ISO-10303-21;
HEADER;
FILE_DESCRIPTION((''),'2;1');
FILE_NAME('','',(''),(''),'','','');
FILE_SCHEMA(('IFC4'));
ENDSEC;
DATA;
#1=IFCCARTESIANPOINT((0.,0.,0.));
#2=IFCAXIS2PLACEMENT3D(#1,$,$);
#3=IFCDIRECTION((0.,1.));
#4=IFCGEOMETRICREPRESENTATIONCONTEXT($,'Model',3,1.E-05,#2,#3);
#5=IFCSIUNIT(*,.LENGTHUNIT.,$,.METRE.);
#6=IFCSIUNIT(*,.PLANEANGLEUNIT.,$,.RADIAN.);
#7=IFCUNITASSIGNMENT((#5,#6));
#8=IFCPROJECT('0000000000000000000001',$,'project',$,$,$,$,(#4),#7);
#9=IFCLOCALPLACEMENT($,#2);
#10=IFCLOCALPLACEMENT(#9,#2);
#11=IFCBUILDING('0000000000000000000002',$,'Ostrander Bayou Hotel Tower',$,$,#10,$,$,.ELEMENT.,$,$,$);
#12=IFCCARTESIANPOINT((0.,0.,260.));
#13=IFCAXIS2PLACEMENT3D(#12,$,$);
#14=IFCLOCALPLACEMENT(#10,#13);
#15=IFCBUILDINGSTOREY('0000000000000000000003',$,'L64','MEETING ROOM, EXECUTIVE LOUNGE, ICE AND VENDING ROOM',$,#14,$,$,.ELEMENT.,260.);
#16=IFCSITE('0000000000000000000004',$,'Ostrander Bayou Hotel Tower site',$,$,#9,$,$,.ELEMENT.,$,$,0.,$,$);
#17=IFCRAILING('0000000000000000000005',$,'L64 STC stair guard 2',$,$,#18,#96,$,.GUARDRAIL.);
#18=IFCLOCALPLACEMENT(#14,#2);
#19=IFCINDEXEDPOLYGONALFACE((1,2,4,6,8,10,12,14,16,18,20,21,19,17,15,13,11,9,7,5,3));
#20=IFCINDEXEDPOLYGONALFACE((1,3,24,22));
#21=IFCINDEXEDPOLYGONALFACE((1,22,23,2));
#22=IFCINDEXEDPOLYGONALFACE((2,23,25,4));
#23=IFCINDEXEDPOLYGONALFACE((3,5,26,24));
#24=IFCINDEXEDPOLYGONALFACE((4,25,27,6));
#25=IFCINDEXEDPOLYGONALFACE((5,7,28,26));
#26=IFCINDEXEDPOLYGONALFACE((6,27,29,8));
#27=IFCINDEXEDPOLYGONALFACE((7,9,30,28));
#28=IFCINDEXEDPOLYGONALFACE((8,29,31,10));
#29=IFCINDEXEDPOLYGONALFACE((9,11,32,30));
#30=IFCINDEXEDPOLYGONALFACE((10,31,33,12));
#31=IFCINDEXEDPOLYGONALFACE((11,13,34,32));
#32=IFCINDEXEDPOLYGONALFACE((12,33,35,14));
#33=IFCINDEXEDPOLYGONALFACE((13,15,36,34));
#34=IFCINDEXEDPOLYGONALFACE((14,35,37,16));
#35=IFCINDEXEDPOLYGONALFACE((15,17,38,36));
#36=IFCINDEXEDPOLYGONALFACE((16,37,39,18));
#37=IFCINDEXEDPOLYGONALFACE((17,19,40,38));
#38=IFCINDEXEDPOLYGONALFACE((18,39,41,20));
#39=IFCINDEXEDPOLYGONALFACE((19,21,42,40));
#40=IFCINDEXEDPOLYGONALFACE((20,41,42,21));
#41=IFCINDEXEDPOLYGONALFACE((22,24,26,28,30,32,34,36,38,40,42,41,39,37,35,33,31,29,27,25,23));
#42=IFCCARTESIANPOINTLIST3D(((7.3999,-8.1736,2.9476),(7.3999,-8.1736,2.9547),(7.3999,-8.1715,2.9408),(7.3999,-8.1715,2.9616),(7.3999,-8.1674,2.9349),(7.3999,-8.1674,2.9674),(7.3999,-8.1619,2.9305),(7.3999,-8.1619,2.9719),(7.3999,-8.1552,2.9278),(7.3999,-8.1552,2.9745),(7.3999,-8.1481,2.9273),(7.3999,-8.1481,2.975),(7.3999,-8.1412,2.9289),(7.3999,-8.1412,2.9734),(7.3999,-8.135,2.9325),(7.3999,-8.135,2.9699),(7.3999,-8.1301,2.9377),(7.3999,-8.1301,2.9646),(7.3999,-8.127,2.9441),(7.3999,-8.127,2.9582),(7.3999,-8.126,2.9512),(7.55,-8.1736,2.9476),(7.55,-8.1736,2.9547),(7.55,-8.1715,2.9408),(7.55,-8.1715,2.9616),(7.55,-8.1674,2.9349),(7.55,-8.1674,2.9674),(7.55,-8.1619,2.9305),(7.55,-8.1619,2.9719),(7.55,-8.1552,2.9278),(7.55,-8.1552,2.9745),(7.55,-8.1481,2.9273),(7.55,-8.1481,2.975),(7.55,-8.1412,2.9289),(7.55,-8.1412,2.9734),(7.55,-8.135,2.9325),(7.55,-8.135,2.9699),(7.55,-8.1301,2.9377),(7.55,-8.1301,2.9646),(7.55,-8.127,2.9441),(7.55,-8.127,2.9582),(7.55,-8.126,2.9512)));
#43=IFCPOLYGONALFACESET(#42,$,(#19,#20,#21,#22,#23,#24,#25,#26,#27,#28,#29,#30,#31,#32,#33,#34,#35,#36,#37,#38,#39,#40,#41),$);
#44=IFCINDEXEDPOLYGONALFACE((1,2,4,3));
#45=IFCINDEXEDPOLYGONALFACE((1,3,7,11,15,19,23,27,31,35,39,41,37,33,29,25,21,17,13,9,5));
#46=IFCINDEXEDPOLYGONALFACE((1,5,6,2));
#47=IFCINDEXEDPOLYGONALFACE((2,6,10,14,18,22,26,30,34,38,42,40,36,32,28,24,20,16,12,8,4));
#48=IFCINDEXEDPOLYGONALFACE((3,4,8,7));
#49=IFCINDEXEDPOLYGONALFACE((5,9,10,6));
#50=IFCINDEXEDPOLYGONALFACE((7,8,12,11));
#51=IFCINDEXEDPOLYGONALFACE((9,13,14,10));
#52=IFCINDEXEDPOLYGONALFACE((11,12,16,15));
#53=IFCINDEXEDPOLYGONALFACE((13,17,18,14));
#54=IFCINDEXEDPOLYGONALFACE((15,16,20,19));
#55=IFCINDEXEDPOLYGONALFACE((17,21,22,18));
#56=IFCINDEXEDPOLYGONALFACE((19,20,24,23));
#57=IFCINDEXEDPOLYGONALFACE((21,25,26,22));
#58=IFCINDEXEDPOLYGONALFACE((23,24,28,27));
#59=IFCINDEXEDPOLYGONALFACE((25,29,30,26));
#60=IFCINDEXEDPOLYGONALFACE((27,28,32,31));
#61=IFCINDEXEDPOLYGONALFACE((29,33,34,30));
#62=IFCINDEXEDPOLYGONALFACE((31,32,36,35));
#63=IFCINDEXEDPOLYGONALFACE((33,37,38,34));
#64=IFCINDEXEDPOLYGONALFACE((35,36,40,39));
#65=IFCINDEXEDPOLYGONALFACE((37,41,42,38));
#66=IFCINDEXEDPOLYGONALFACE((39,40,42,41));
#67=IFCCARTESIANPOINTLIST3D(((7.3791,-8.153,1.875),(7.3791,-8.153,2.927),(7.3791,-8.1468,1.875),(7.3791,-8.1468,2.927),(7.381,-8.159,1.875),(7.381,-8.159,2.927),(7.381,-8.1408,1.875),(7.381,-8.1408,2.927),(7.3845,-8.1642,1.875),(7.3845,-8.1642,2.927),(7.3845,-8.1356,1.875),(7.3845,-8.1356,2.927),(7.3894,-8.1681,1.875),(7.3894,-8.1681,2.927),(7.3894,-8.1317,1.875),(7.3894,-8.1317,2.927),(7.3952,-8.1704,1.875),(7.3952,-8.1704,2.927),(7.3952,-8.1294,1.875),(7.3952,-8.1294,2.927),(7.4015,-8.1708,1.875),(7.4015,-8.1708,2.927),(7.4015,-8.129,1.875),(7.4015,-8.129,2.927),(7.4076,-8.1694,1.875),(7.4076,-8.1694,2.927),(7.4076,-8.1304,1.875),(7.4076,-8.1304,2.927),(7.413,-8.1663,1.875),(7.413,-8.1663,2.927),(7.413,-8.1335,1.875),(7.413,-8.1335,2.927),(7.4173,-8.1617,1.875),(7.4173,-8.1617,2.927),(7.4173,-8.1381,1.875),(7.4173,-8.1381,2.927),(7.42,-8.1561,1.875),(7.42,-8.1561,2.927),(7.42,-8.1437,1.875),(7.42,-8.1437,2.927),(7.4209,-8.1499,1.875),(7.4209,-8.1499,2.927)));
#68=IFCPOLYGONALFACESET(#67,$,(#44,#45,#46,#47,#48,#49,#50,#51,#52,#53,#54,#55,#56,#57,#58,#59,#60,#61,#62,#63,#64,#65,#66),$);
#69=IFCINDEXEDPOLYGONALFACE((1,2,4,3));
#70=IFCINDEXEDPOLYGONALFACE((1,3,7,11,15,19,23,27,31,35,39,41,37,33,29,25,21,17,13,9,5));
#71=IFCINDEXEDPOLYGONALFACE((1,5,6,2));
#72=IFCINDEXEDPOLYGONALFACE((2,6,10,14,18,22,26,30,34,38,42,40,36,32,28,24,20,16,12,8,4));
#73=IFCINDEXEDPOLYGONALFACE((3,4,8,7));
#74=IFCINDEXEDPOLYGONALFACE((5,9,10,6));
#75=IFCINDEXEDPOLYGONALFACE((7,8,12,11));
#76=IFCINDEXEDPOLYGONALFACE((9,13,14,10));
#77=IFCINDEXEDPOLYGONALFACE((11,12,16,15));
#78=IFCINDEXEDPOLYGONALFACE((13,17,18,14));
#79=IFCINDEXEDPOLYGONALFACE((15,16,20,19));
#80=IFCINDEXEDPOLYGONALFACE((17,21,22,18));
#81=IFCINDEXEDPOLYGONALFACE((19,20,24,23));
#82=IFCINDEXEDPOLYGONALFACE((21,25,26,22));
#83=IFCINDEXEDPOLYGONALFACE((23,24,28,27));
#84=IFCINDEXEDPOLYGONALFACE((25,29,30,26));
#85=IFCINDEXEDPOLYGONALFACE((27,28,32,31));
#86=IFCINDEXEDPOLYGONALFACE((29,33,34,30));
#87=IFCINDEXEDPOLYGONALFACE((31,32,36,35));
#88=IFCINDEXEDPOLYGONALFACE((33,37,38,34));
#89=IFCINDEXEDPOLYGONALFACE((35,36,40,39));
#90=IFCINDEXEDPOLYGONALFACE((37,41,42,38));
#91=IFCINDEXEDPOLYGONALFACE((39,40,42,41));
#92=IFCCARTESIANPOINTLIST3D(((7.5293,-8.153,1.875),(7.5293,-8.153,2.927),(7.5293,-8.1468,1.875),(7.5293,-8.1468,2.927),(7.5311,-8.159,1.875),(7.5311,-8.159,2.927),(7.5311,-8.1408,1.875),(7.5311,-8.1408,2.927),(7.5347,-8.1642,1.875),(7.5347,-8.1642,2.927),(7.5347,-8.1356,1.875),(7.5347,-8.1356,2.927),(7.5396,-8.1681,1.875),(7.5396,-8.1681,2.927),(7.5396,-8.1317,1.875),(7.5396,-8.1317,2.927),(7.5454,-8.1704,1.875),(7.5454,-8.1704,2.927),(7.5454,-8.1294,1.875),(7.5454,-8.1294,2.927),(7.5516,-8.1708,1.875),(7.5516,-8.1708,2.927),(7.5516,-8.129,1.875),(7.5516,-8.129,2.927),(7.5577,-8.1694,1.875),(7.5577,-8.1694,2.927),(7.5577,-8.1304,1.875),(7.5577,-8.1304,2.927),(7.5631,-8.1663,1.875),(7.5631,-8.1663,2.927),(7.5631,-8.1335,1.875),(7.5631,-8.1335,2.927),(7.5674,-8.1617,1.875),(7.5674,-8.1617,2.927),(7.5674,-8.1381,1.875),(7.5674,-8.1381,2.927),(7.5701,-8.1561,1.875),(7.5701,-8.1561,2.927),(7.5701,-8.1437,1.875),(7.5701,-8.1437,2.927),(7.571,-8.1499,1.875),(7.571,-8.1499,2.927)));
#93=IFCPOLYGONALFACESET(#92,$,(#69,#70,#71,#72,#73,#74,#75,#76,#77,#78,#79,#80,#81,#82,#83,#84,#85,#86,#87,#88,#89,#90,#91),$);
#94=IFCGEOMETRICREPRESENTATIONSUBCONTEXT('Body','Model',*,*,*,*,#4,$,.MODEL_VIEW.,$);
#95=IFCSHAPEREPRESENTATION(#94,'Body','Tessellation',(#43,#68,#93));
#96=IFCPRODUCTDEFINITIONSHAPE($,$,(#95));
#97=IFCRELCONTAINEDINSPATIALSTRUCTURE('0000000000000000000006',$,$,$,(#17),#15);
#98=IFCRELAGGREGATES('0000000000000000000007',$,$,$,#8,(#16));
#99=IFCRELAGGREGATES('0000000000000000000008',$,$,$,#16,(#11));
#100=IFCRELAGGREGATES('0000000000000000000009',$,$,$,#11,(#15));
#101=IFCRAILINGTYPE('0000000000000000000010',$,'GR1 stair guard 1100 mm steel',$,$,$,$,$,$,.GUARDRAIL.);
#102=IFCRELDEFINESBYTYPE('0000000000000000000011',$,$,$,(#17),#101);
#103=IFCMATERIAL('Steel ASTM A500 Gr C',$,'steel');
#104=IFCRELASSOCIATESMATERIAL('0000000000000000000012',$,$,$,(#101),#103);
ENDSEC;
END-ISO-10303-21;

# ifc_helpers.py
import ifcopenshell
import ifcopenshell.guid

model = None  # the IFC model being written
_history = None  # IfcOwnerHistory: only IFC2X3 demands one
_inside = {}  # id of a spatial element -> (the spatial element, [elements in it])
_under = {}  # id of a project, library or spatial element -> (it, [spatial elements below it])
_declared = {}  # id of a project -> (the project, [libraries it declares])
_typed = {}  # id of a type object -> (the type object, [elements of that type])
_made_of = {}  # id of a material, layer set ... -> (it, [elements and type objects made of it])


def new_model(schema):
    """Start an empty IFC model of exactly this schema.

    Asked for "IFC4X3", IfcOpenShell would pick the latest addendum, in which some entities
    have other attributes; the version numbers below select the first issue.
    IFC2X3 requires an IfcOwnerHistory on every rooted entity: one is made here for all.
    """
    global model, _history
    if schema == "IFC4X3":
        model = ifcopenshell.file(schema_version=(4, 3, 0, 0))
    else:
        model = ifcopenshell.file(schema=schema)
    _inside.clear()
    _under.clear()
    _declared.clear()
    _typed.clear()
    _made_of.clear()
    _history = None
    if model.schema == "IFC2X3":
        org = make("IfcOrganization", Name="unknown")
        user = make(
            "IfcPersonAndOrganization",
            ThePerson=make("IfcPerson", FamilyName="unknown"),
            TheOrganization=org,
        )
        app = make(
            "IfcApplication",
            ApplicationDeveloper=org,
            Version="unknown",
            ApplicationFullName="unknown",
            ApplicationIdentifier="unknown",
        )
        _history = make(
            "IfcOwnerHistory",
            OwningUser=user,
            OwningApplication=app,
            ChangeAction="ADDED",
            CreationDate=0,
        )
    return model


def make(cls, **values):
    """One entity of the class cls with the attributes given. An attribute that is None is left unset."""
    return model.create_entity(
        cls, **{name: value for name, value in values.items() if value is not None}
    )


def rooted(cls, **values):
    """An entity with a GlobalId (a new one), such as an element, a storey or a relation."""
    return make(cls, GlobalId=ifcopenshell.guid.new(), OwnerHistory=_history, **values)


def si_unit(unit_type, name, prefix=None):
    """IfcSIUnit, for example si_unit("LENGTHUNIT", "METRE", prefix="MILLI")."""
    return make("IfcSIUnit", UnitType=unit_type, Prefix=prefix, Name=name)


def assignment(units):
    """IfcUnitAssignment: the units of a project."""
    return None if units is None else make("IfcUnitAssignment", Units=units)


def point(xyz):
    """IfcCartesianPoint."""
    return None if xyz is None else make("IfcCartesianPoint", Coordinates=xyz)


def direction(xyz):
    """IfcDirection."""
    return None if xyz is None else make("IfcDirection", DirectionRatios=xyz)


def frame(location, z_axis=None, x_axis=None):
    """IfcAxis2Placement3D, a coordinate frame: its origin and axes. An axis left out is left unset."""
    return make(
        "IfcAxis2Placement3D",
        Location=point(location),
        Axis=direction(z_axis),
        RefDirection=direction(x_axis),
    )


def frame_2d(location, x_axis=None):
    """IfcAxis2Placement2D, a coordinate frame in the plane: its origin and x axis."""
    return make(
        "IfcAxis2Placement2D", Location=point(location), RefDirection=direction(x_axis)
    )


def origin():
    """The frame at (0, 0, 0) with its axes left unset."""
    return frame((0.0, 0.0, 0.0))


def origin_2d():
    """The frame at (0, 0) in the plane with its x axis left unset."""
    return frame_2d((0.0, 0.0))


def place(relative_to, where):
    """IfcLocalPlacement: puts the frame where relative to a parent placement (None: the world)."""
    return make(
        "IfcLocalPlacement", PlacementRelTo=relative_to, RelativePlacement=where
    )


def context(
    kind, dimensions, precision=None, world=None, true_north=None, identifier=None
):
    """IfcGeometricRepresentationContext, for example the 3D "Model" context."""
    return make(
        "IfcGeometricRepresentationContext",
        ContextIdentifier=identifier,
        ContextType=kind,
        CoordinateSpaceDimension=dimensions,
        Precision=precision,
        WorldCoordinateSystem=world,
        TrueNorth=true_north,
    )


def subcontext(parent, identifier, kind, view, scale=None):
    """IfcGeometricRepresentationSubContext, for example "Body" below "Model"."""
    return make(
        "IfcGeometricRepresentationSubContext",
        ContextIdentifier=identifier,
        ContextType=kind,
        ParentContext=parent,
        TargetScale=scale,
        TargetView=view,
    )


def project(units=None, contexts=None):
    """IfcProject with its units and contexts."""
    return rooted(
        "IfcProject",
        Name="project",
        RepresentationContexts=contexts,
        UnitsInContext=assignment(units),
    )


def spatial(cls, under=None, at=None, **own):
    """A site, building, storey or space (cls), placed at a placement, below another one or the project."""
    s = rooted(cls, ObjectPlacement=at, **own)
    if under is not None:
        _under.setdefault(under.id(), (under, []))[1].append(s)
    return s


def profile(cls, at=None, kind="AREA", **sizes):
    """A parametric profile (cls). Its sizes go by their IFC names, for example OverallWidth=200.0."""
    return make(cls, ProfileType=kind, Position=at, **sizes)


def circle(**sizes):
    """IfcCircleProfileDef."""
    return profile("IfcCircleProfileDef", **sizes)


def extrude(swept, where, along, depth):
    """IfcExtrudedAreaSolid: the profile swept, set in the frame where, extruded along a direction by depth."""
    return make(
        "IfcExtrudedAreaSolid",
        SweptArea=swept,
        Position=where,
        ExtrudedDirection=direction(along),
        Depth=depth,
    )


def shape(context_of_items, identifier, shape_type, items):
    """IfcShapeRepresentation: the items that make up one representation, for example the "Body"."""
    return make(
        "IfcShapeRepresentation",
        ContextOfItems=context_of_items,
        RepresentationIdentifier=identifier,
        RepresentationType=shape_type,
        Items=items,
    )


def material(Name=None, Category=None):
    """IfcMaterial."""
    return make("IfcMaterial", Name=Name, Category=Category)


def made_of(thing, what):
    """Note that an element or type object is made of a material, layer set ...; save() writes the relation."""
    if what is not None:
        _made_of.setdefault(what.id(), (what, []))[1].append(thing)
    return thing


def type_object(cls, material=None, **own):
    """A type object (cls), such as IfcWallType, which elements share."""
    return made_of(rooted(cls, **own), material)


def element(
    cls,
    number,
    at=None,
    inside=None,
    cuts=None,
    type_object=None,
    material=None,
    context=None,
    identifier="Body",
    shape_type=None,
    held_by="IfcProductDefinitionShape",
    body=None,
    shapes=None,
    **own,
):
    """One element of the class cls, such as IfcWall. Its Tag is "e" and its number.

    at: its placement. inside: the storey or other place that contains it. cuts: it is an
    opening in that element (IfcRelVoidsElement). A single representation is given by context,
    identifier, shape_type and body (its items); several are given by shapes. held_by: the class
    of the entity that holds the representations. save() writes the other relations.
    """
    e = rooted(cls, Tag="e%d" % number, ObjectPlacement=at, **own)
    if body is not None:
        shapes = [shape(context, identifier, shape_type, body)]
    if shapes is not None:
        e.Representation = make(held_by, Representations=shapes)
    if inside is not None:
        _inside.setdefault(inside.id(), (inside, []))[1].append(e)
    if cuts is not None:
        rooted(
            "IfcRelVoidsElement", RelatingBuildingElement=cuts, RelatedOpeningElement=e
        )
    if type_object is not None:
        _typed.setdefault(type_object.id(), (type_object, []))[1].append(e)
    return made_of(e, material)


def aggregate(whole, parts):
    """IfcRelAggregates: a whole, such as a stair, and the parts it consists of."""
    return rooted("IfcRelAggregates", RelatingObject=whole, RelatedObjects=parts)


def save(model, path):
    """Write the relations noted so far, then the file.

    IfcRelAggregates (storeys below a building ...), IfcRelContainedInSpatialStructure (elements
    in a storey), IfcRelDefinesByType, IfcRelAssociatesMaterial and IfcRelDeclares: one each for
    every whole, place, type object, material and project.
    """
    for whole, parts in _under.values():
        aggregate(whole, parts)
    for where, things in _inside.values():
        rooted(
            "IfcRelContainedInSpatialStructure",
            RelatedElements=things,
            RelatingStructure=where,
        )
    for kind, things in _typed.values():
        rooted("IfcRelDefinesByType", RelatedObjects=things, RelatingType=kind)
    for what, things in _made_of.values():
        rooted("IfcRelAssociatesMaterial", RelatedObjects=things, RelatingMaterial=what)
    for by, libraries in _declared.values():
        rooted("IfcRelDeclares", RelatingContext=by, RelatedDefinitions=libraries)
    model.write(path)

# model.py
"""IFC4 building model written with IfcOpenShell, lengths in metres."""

from ifc_helpers import new_model, si_unit, direction, frame, origin, origin_2d, place, context, subcontext, project, spatial, circle, extrude, material, type_object, element, save


model = new_model("IFC4")

# Units and contexts
model_context = context("Model", 3, precision=1e-05, world=origin(), true_north=direction((0.0, 1.0)))
body_context = subcontext(model_context, "Body", "Model", "MODEL_VIEW")
ifc_project = project(units=[si_unit("LENGTHUNIT", "METRE"), si_unit("PLANEANGLEUNIT", "RADIAN")], contexts=[model_context])

# Site, building, storey
site_placement = place(None, origin())
site = spatial("IfcSite", under=ifc_project, at=site_placement, Name="Ostrander Bayou Hotel Tower site", CompositionType="ELEMENT", RefElevation=0.0)
building_placement = place(site_placement, origin())
building = spatial("IfcBuilding", under=site, at=building_placement, Name="Ostrander Bayou Hotel Tower", CompositionType="ELEMENT")
storey_placement = place(building_placement, frame((0.0, 0.0, 260.0)))
storey = spatial("IfcBuildingStorey", under=building, at=storey_placement, Name="L64", Description="MEETING ROOM, EXECUTIVE LOUNGE, ICE AND VENDING ROOM", CompositionType="ELEMENT", Elevation=260.0)

# Railing
ifc_material_1 = material(Name="Steel ASTM A500 Gr C", Category="steel")
railing_type_1 = type_object("IfcRailingType", Name="GR1 stair guard 1100 mm steel", PredefinedType="GUARDRAIL", material=ifc_material_1)
railing_1_placement = place(storey_placement, frame((7.3999, -8.1499, 1.875)))
element("IfcRailing", 1, at=railing_1_placement, inside=storey, type_object=railing_type_1, Name="L64 STC stair guard 2", PredefinedType="GUARDRAIL", context=body_context, shape_type="SweptSolid", body=[
    extrude(circle(Radius=0.0239, at=origin_2d()), frame((0.0, 0.0, 1.0762), z_axis=(1.0, 0.0, 0.0), x_axis=(0.0, 1.0, 0.0)), (0.0, 0.0, 1.0), 0.1501),
    extrude(circle(Radius=0.021, at=origin_2d()), origin(), (0.0, 0.0, 1.0), 1.052),
    extrude(circle(Radius=0.021, at=origin_2d()), frame((0.1501, 0.0, 0.0)), (0.0, 0.0, 1.0), 1.052),
])

save(model, "model.ifc")
